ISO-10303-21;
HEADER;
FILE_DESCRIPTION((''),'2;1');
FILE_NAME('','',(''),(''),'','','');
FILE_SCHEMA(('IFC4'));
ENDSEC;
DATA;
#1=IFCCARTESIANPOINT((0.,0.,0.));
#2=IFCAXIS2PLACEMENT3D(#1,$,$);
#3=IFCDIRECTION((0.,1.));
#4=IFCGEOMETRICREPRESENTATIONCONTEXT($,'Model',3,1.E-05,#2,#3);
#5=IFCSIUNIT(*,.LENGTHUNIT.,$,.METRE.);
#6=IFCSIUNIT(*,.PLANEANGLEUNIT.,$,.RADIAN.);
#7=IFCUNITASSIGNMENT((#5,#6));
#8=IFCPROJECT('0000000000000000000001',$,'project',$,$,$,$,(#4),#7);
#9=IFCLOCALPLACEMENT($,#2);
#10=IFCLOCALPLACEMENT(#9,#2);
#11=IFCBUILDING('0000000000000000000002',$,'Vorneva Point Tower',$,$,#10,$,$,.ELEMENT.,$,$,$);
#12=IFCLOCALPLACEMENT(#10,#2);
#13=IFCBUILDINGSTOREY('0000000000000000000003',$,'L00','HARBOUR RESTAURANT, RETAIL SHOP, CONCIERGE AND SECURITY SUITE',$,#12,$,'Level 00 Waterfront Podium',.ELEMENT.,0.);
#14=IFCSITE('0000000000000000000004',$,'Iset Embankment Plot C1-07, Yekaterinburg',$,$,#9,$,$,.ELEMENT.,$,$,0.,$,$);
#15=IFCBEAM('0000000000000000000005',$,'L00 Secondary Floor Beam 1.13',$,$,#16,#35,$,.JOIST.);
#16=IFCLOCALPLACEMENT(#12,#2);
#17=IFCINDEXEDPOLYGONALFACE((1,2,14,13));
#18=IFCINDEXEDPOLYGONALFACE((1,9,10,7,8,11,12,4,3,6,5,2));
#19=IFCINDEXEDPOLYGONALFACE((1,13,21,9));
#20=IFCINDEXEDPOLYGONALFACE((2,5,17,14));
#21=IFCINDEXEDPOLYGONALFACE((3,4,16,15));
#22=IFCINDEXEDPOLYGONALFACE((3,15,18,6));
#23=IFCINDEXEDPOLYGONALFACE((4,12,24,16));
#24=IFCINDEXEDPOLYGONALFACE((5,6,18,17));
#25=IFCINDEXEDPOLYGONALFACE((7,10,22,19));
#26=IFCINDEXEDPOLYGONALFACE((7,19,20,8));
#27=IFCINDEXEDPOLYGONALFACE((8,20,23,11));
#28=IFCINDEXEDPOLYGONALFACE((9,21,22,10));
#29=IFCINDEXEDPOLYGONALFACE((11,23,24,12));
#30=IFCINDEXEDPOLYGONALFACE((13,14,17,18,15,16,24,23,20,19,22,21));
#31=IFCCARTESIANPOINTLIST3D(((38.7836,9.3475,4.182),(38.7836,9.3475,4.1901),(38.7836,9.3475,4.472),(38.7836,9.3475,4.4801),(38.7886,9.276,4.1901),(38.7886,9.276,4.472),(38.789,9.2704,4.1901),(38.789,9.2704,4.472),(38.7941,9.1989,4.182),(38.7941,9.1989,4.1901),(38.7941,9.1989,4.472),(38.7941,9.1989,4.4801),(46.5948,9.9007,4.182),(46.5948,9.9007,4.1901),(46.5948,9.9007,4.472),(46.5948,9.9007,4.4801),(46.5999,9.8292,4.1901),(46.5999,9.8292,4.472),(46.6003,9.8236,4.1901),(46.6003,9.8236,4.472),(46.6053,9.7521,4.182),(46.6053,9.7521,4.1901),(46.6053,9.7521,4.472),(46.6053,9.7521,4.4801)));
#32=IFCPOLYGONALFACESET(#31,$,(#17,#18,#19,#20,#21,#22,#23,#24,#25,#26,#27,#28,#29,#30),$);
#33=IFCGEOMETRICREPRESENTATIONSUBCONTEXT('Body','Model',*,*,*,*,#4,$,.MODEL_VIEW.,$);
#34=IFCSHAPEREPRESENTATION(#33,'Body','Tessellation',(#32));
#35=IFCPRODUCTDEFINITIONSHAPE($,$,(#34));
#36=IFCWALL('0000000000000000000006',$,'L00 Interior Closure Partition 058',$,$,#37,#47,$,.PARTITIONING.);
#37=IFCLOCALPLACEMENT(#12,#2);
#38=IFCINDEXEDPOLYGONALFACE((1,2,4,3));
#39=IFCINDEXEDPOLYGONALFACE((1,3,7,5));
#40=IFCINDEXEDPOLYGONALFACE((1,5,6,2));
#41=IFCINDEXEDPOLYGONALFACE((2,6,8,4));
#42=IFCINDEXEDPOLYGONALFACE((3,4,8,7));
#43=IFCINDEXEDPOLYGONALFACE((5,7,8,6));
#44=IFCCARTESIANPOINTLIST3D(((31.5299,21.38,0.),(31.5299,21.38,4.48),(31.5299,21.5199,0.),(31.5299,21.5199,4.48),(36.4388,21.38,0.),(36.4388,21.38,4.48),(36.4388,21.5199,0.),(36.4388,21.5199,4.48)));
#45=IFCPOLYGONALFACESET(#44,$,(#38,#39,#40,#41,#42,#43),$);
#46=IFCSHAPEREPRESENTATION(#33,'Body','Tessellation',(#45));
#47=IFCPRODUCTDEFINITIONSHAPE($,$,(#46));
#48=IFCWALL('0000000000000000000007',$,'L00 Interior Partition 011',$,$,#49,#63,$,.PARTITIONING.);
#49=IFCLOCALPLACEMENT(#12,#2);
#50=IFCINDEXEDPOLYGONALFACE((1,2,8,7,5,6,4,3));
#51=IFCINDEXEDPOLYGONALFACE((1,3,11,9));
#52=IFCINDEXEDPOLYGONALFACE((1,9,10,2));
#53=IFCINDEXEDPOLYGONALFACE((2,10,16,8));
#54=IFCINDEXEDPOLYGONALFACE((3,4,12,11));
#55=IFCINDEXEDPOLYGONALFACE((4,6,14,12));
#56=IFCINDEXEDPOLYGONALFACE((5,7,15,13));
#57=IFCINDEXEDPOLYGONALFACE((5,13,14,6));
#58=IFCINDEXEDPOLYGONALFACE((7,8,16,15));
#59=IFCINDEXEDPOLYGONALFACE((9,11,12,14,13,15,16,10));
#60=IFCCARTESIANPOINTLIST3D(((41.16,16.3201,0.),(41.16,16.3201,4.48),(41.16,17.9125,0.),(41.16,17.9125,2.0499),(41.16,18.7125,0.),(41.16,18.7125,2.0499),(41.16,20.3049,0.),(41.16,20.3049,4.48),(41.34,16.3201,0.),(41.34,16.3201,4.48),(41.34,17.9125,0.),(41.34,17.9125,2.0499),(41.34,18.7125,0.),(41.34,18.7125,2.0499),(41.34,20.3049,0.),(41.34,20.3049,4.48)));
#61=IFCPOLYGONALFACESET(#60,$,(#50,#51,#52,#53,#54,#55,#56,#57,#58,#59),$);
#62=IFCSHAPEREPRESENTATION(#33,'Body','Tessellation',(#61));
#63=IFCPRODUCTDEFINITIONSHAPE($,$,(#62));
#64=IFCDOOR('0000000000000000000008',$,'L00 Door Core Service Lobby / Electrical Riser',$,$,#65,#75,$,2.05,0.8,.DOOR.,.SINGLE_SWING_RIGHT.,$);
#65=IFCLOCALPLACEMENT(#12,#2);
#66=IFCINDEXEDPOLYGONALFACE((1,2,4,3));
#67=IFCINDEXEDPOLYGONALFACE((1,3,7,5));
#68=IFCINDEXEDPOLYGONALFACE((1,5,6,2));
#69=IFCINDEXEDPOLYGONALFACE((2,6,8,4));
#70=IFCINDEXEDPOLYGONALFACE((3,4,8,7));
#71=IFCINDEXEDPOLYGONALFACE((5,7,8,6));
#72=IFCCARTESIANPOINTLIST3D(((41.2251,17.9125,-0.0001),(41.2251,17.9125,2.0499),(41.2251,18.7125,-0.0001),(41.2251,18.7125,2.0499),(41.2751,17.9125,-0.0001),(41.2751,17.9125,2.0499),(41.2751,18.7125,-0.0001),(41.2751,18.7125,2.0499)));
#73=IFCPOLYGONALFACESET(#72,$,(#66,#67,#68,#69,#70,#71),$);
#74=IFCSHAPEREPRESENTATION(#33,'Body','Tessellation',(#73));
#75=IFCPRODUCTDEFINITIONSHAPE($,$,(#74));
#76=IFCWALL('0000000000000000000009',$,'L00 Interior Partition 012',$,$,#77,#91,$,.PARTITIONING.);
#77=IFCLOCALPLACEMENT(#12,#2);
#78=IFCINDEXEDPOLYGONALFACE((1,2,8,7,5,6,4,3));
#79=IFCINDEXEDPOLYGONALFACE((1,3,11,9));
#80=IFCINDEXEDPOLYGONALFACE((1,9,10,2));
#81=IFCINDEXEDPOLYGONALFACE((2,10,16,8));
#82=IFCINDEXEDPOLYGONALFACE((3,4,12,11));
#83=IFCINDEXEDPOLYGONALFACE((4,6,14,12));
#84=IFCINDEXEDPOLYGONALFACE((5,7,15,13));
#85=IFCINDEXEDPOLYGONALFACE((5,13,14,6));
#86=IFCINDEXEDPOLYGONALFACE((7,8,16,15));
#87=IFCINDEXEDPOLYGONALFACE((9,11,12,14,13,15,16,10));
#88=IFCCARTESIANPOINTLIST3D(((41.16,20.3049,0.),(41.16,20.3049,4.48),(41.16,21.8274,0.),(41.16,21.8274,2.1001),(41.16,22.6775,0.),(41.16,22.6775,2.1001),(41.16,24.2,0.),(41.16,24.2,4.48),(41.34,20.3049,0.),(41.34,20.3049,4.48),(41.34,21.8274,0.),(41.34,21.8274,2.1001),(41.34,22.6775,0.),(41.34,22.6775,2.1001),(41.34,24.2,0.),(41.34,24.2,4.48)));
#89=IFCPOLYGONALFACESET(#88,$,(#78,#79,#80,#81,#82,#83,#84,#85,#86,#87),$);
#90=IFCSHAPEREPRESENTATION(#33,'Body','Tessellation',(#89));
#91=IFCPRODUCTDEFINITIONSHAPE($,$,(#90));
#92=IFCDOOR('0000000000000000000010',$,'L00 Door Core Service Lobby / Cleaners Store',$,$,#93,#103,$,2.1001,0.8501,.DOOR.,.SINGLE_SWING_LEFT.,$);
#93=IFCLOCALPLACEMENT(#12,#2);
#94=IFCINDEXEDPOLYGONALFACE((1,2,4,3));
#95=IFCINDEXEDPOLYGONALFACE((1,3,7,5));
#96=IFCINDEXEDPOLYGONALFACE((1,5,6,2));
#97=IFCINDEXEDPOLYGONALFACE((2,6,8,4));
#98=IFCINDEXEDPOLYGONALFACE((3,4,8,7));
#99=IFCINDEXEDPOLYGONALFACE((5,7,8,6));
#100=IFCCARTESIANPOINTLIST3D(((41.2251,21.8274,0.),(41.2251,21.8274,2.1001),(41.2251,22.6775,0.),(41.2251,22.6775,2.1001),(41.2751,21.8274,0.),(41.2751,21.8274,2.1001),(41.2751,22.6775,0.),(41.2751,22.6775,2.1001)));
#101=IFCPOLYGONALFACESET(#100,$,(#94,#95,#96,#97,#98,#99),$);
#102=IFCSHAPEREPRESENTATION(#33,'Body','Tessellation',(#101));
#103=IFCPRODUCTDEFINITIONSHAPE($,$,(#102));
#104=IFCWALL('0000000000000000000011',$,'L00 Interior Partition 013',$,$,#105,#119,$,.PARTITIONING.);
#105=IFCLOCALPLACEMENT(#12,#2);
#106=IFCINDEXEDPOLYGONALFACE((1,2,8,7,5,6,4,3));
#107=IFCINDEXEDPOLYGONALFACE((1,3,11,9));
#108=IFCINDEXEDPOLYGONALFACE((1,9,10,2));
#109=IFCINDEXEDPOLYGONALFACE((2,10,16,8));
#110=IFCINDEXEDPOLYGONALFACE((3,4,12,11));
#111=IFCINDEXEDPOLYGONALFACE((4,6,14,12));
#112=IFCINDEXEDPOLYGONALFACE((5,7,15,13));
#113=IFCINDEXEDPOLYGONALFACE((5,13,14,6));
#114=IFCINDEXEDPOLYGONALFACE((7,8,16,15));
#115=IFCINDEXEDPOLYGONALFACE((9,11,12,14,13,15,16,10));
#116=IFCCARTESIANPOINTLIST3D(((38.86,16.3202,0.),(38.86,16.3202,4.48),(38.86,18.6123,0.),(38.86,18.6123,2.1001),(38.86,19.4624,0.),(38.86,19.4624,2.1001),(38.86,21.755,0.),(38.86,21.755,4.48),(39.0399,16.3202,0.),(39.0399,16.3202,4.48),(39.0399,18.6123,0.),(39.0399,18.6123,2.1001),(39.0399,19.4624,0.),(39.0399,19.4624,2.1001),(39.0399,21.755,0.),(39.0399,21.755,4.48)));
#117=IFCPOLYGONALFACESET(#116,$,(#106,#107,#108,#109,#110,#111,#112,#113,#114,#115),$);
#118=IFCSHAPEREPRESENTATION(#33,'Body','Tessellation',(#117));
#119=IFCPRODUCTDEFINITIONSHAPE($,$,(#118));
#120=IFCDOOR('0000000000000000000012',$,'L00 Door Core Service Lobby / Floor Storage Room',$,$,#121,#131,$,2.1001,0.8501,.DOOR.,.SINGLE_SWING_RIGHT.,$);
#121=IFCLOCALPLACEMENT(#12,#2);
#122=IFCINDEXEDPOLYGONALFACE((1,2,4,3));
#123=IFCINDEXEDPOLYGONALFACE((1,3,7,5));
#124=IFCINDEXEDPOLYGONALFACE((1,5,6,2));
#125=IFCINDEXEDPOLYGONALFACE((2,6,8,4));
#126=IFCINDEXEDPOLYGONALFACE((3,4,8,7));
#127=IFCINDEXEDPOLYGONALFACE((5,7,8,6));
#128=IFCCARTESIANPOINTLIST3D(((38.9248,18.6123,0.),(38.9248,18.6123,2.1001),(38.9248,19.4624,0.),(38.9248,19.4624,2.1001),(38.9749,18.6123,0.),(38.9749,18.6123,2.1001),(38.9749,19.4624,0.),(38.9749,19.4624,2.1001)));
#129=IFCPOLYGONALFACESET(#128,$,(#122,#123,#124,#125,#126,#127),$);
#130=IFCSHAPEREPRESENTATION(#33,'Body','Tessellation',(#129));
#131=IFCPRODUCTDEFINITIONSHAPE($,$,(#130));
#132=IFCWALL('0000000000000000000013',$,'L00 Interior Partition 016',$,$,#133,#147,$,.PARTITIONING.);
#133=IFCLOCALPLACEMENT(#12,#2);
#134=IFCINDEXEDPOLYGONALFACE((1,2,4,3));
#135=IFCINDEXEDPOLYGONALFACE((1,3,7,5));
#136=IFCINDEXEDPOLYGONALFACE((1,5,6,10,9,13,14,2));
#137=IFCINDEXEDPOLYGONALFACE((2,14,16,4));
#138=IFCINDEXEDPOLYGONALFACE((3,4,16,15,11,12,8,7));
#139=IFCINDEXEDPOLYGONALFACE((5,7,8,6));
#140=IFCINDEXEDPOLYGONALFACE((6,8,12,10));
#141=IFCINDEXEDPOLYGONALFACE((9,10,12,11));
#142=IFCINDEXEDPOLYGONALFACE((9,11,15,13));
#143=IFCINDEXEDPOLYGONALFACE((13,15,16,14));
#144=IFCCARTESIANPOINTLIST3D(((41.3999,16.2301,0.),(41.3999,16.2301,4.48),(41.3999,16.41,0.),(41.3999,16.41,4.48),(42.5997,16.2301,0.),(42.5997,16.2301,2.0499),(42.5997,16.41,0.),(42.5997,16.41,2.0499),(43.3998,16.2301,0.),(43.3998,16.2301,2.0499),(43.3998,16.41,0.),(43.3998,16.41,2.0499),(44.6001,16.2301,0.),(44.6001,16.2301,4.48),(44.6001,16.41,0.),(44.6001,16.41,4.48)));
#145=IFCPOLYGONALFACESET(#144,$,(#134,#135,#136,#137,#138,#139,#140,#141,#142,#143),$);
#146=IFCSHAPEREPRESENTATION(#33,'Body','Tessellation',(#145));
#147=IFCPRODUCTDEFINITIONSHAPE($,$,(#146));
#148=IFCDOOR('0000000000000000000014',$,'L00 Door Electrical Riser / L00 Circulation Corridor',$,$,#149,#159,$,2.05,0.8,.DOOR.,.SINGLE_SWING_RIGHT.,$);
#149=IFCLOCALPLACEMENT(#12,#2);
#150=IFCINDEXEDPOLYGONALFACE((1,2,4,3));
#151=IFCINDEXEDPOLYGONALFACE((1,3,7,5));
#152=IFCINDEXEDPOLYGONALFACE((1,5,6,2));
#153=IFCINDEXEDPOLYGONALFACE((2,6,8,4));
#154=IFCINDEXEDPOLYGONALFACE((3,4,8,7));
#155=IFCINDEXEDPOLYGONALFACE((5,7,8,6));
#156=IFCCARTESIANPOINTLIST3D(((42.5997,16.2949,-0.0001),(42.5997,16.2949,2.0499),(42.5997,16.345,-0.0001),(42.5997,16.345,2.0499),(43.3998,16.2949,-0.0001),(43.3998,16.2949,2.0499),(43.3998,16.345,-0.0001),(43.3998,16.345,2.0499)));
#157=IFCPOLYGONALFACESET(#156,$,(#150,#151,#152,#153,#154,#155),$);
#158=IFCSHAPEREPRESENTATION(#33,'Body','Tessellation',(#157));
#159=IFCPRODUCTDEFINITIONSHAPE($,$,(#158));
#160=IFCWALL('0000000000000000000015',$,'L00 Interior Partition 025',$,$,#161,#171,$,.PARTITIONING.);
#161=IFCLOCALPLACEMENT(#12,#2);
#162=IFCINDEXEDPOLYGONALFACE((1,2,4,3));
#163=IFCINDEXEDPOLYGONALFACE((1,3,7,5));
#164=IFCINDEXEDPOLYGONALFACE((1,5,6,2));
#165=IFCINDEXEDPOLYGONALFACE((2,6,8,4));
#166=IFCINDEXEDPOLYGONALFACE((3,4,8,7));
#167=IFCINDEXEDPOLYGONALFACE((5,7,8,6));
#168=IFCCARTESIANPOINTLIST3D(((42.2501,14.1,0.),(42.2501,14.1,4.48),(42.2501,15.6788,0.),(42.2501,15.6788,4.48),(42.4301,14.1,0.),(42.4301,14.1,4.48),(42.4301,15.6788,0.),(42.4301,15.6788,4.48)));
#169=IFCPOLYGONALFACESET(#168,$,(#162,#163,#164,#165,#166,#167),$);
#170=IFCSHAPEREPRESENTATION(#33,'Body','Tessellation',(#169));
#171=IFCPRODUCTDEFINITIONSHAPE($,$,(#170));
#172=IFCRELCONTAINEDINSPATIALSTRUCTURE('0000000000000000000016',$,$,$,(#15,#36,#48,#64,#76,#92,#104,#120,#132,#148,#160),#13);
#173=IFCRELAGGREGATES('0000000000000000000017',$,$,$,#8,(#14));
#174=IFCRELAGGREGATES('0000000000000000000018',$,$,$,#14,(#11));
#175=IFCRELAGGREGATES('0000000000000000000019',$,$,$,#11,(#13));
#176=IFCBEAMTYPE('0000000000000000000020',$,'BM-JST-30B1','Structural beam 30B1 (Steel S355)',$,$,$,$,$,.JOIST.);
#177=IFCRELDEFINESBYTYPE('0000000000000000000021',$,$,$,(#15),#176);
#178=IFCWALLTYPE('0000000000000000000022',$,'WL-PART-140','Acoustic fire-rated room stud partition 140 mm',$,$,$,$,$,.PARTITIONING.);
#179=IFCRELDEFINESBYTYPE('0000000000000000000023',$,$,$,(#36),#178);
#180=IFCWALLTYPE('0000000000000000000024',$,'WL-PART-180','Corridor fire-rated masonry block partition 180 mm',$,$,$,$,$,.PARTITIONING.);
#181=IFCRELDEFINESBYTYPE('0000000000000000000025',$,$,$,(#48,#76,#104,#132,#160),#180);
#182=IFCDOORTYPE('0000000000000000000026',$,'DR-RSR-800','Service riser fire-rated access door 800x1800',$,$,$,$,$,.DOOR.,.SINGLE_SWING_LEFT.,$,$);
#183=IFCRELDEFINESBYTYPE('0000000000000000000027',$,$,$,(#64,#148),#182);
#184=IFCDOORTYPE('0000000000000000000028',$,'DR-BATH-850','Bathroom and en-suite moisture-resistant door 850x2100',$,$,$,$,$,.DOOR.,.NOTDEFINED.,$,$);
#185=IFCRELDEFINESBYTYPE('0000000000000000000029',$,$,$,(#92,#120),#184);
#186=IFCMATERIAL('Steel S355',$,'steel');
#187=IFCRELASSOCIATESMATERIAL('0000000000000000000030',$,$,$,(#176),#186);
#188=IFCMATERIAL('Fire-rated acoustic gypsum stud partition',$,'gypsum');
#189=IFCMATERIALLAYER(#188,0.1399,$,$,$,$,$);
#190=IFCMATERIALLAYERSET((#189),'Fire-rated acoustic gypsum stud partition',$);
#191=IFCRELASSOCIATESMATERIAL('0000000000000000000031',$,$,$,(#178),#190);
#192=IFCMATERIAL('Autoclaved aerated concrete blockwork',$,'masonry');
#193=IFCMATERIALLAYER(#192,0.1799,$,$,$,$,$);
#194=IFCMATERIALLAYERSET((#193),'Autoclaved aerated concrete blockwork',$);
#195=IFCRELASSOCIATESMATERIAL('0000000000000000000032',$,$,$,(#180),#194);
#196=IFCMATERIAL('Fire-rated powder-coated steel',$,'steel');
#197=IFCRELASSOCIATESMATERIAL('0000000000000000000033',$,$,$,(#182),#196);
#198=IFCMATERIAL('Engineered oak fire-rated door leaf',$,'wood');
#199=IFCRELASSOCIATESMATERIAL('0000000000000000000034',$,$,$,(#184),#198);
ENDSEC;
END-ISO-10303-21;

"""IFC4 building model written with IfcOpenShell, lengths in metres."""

from ifc_helpers import new_model, si_unit, direction, frame, frame_2d, origin, origin_2d, place, context, subcontext, project, spatial, rectangle, i_section, extrude, material, layer, layer_set, material_profile, profile_set, type_object, element, fill, save


model = new_model("IFC4")

# Units and contexts
model_context = context("Model", 3, precision=1e-05, world=origin(), true_north=direction((0.0, 1.0)))
body_context = subcontext(model_context, "Body", "Model", "MODEL_VIEW")
ifc_project = project(units=[si_unit("LENGTHUNIT", "METRE"), si_unit("PLANEANGLEUNIT", "RADIAN")], contexts=[model_context])

# Site, building, storey
site_placement = place(None, origin())
site = spatial("IfcSite", under=ifc_project, at=site_placement, Name="Iset Embankment Plot C1-07, Yekaterinburg", CompositionType="ELEMENT", RefElevation=0.0)
building_placement = place(site_placement, origin())
building = spatial("IfcBuilding", under=site, at=building_placement, Name="Vorneva Point Tower", CompositionType="ELEMENT")
storey_placement = place(building_placement, origin())
storey = spatial("IfcBuildingStorey", under=building, at=storey_placement, Name="L00", Description="HARBOUR RESTAURANT, RETAIL SHOP, CONCIERGE AND SECURITY SUITE", LongName="Level 00 Waterfront Podium", CompositionType="ELEMENT", Elevation=0.0)

# Beam
ifc_material_1 = material(Name="Steel S355", Category="steel")
ifc_material_profile = material_profile(ifc_material_1, i_section(OverallWidth=0.1489, OverallDepth=0.2981, WebThickness=0.0056, FlangeThickness=0.0081, at=origin_2d()), Name="30B1")
ifc_profile_set = profile_set([ifc_material_profile], Name="Steel S355")
beam_type = type_object("IfcBeamType", Name="BM-JST-30B1", Description="Structural beam 30B1 (Steel S355)", PredefinedType="JOIST", material=ifc_profile_set)
beam_placement = place(storey_placement, frame((38.7888, 9.2732, 4.3311), z_axis=(0.997501, 0.070647, 0.0), x_axis=(-0.070647, 0.997501, 0.0)))
element("IfcBeam", 1, at=beam_placement, inside=storey, type_object=beam_type, Name="L00 Secondary Floor Beam 1.13", PredefinedType="JOIST", context=body_context, shape_type="SweptSolid", body=[
    extrude(i_section(OverallWidth=0.1489, OverallDepth=0.2981, WebThickness=0.0056, FlangeThickness=0.0081, at=origin_2d()), origin(), (0.0, 0.0, 1.0), 7.8308),
])

# Wall
ifc_material_2 = material(Name="Fire-rated acoustic gypsum stud partition", Category="gypsum")
ifc_layer_1 = layer(ifc_material_2, 0.1399)
ifc_layer_set_1 = layer_set([ifc_layer_1], Name="Fire-rated acoustic gypsum stud partition")
wall_type_1 = type_object("IfcWallType", Name="WL-PART-140", Description="Acoustic fire-rated room stud partition 140 mm", PredefinedType="PARTITIONING", material=ifc_layer_set_1)
wall_1_placement = place(storey_placement, frame((36.439, 21.45, 0.0), z_axis=(0.0, 0.0, 1.0), x_axis=(-1.0, 0.0, 0.0)))
element("IfcWall", 2, at=wall_1_placement, inside=storey, type_object=wall_type_1, Name="L00 Interior Closure Partition 058", PredefinedType="PARTITIONING", context=body_context, shape_type="SweptSolid", body=[
    extrude(rectangle(XDim=4.9089, YDim=0.1399, at=frame_2d((2.4546, 0.0))), origin(), (0.0, 0.0, 1.0), 4.48),
])

# Walls, openings, doors
ifc_material_3 = material(Name="Autoclaved aerated concrete blockwork", Category="masonry")
ifc_layer_2 = layer(ifc_material_3, 0.1799)
ifc_layer_set_2 = layer_set([ifc_layer_2], Name="Autoclaved aerated concrete blockwork")
wall_type_2 = type_object("IfcWallType", Name="WL-PART-180", Description="Corridor fire-rated masonry block partition 180 mm", PredefinedType="PARTITIONING", material=ifc_layer_set_2)
wall_2_placement = place(storey_placement, frame((41.25, 16.3201, 0.0), z_axis=(0.0, 0.0, 1.0), x_axis=(0.0, 1.0, 0.0)))
wall_2 = element("IfcWall", 3, at=wall_2_placement, inside=storey, type_object=wall_type_2, Name="L00 Interior Partition 011", PredefinedType="PARTITIONING", context=body_context, shape_type="SweptSolid", body=[
    extrude(rectangle(XDim=3.9849, YDim=0.1799, at=frame_2d((1.9924, 0.0))), origin(), (0.0, 0.0, 1.0), 4.48),
])
opening_1_placement = place(wall_2_placement, frame((1.5925, 0.0, 0.0)))
opening_1 = element("IfcOpeningElement", 4, at=opening_1_placement, cuts=wall_2, PredefinedType="OPENING", context=body_context, shape_type="SweptSolid", body=[
    extrude(rectangle(XDim=0.8, YDim=2.05, at=frame_2d((0.3999, 1.0249))), frame((0.0, 0.105, 0.0), z_axis=(0.0, -1.0, 0.0), x_axis=(1.0, 0.0, 0.0)), (0.0, 0.0, 1.0), 0.2097),
])
ifc_material_4 = material(Name="Fire-rated powder-coated steel", Category="steel")
door_type_1 = type_object("IfcDoorType", Name="DR-RSR-800", Description="Service riser fire-rated access door 800x1800", OperationType="SINGLE_SWING_LEFT", PredefinedType="DOOR", material=ifc_material_4)
door_1_placement = place(opening_1_placement, origin())
door_1 = element("IfcDoor", 5, at=door_1_placement, inside=storey, type_object=door_type_1, Name="L00 Door Core Service Lobby / Electrical Riser", OperationType="SINGLE_SWING_RIGHT", OverallHeight=2.05, OverallWidth=0.8, PredefinedType="DOOR", context=body_context, shape_type="SweptSolid", body=[
    extrude(rectangle(XDim=0.8, YDim=2.05, at=frame_2d((0.3999, 1.0249))), frame((0.0, 0.0249, 0.0), z_axis=(0.0, -1.0, 0.0), x_axis=(1.0, 0.0, 0.0)), (0.0, 0.0, 1.0), 0.05),
])
fill(opening_1, door_1)
wall_3_placement = place(storey_placement, frame((41.25, 20.3049, 0.0), z_axis=(0.0, 0.0, 1.0), x_axis=(0.0, 1.0, 0.0)))
wall_3 = element("IfcWall", 6, at=wall_3_placement, inside=storey, type_object=wall_type_2, Name="L00 Interior Partition 012", PredefinedType="PARTITIONING", context=body_context, shape_type="SweptSolid", body=[
    extrude(rectangle(XDim=3.895, YDim=0.1799, at=frame_2d((1.9475, 0.0))), origin(), (0.0, 0.0, 1.0), 4.48),
])
opening_2_placement = place(wall_3_placement, frame((1.5225, 0.0, 0.0)))
opening_2 = element("IfcOpeningElement", 7, at=opening_2_placement, cuts=wall_3, PredefinedType="OPENING", context=body_context, shape_type="SweptSolid", body=[
    extrude(rectangle(XDim=0.8501, YDim=2.1001, at=frame_2d((0.425, 1.05))), frame((0.0, 0.105, 0.0), z_axis=(0.0, -1.0, 0.0), x_axis=(1.0, 0.0, 0.0)), (0.0, 0.0, 1.0), 0.2097),
])
ifc_material_5 = material(Name="Engineered oak fire-rated door leaf", Category="wood")
door_type_2 = type_object("IfcDoorType", Name="DR-BATH-850", Description="Bathroom and en-suite moisture-resistant door 850x2100", OperationType="NOTDEFINED", PredefinedType="DOOR", material=ifc_material_5)
door_2_placement = place(opening_2_placement, origin())
door_2 = element("IfcDoor", 8, at=door_2_placement, inside=storey, type_object=door_type_2, Name="L00 Door Core Service Lobby / Cleaners Store", OperationType="SINGLE_SWING_LEFT", OverallHeight=2.1001, OverallWidth=0.8501, PredefinedType="DOOR", context=body_context, shape_type="SweptSolid", body=[
    extrude(rectangle(XDim=0.8501, YDim=2.1001, at=frame_2d((0.425, 1.05))), frame((0.0, 0.0249, 0.0), z_axis=(0.0, -1.0, 0.0), x_axis=(1.0, 0.0, 0.0)), (0.0, 0.0, 1.0), 0.05),
])
fill(opening_2, door_2)
wall_4_placement = place(storey_placement, frame((38.95, 21.7549, 0.0), z_axis=(0.0, 0.0, 1.0), x_axis=(0.0, -1.0, 0.0)))
wall_4 = element("IfcWall", 9, at=wall_4_placement, inside=storey, type_object=wall_type_2, Name="L00 Interior Partition 013", PredefinedType="PARTITIONING", context=body_context, shape_type="SweptSolid", body=[
    extrude(rectangle(XDim=5.4348, YDim=0.1799, at=frame_2d((2.7173, 0.0))), origin(), (0.0, 0.0, 1.0), 4.48),
])
opening_3_placement = place(wall_4_placement, frame((2.2925, 0.0, 0.0)))
opening_3 = element("IfcOpeningElement", 10, at=opening_3_placement, cuts=wall_4, PredefinedType="OPENING", context=body_context, shape_type="SweptSolid", body=[
    extrude(rectangle(XDim=0.8501, YDim=2.1001, at=frame_2d((0.425, 1.05))), frame((0.0, 0.105, 0.0), z_axis=(0.0, -1.0, 0.0), x_axis=(1.0, 0.0, 0.0)), (0.0, 0.0, 1.0), 0.2097),
])
door_3_placement = place(opening_3_placement, origin())
door_3 = element("IfcDoor", 11, at=door_3_placement, inside=storey, type_object=door_type_2, Name="L00 Door Core Service Lobby / Floor Storage Room", OperationType="SINGLE_SWING_RIGHT", OverallHeight=2.1001, OverallWidth=0.8501, PredefinedType="DOOR", context=body_context, shape_type="SweptSolid", body=[
    extrude(rectangle(XDim=0.8501, YDim=2.1001, at=frame_2d((0.425, 1.05))), frame((0.0, 0.0249, 0.0), z_axis=(0.0, -1.0, 0.0), x_axis=(1.0, 0.0, 0.0)), (0.0, 0.0, 1.0), 0.05),
])
fill(opening_3, door_3)
wall_5_placement = place(storey_placement, frame((41.3999, 16.3201, 0.0), z_axis=(0.0, 0.0, 1.0), x_axis=(1.0, 0.0, 0.0)))
wall_5 = element("IfcWall", 12, at=wall_5_placement, inside=storey, type_object=wall_type_2, Name="L00 Interior Partition 016", PredefinedType="PARTITIONING", context=body_context, shape_type="SweptSolid", body=[
    extrude(rectangle(XDim=3.2002, YDim=0.1799, at=frame_2d((1.6001, 0.0))), origin(), (0.0, 0.0, 1.0), 4.48),
])
opening_4_placement = place(wall_5_placement, frame((1.2, 0.0, 0.0)))
opening_4 = element("IfcOpeningElement", 13, at=opening_4_placement, cuts=wall_5, PredefinedType="OPENING", context=body_context, shape_type="SweptSolid", body=[
    extrude(rectangle(XDim=0.8, YDim=2.05, at=frame_2d((0.3999, 1.0249))), frame((0.0, 0.105, 0.0), z_axis=(0.0, -1.0, 0.0), x_axis=(1.0, 0.0, 0.0)), (0.0, 0.0, 1.0), 0.2097),
])
door_4_placement = place(opening_4_placement, origin())
door_4 = element("IfcDoor", 14, at=door_4_placement, inside=storey, type_object=door_type_1, Name="L00 Door Electrical Riser / L00 Circulation Corridor", OperationType="SINGLE_SWING_RIGHT", OverallHeight=2.05, OverallWidth=0.8, PredefinedType="DOOR", context=body_context, shape_type="SweptSolid", body=[
    extrude(rectangle(XDim=0.8, YDim=2.05, at=frame_2d((0.3999, 1.0249))), frame((0.0, 0.0249, 0.0), z_axis=(0.0, -1.0, 0.0), x_axis=(1.0, 0.0, 0.0)), (0.0, 0.0, 1.0), 0.05),
])
fill(opening_4, door_4)

# Wall
wall_6_placement = place(storey_placement, frame((42.3401, 15.679, 0.0), z_axis=(0.0, 0.0, 1.0), x_axis=(0.0, -1.0, 0.0)))
element("IfcWall", 15, at=wall_6_placement, inside=storey, type_object=wall_type_2, Name="L00 Interior Partition 025", PredefinedType="PARTITIONING", context=body_context, shape_type="SweptSolid", body=[
    extrude(rectangle(XDim=1.5789, YDim=0.1799, at=frame_2d((0.7896, 0.0))), origin(), (0.0, 0.0, 1.0), 4.48),
])

save(model, "model.ifc")
